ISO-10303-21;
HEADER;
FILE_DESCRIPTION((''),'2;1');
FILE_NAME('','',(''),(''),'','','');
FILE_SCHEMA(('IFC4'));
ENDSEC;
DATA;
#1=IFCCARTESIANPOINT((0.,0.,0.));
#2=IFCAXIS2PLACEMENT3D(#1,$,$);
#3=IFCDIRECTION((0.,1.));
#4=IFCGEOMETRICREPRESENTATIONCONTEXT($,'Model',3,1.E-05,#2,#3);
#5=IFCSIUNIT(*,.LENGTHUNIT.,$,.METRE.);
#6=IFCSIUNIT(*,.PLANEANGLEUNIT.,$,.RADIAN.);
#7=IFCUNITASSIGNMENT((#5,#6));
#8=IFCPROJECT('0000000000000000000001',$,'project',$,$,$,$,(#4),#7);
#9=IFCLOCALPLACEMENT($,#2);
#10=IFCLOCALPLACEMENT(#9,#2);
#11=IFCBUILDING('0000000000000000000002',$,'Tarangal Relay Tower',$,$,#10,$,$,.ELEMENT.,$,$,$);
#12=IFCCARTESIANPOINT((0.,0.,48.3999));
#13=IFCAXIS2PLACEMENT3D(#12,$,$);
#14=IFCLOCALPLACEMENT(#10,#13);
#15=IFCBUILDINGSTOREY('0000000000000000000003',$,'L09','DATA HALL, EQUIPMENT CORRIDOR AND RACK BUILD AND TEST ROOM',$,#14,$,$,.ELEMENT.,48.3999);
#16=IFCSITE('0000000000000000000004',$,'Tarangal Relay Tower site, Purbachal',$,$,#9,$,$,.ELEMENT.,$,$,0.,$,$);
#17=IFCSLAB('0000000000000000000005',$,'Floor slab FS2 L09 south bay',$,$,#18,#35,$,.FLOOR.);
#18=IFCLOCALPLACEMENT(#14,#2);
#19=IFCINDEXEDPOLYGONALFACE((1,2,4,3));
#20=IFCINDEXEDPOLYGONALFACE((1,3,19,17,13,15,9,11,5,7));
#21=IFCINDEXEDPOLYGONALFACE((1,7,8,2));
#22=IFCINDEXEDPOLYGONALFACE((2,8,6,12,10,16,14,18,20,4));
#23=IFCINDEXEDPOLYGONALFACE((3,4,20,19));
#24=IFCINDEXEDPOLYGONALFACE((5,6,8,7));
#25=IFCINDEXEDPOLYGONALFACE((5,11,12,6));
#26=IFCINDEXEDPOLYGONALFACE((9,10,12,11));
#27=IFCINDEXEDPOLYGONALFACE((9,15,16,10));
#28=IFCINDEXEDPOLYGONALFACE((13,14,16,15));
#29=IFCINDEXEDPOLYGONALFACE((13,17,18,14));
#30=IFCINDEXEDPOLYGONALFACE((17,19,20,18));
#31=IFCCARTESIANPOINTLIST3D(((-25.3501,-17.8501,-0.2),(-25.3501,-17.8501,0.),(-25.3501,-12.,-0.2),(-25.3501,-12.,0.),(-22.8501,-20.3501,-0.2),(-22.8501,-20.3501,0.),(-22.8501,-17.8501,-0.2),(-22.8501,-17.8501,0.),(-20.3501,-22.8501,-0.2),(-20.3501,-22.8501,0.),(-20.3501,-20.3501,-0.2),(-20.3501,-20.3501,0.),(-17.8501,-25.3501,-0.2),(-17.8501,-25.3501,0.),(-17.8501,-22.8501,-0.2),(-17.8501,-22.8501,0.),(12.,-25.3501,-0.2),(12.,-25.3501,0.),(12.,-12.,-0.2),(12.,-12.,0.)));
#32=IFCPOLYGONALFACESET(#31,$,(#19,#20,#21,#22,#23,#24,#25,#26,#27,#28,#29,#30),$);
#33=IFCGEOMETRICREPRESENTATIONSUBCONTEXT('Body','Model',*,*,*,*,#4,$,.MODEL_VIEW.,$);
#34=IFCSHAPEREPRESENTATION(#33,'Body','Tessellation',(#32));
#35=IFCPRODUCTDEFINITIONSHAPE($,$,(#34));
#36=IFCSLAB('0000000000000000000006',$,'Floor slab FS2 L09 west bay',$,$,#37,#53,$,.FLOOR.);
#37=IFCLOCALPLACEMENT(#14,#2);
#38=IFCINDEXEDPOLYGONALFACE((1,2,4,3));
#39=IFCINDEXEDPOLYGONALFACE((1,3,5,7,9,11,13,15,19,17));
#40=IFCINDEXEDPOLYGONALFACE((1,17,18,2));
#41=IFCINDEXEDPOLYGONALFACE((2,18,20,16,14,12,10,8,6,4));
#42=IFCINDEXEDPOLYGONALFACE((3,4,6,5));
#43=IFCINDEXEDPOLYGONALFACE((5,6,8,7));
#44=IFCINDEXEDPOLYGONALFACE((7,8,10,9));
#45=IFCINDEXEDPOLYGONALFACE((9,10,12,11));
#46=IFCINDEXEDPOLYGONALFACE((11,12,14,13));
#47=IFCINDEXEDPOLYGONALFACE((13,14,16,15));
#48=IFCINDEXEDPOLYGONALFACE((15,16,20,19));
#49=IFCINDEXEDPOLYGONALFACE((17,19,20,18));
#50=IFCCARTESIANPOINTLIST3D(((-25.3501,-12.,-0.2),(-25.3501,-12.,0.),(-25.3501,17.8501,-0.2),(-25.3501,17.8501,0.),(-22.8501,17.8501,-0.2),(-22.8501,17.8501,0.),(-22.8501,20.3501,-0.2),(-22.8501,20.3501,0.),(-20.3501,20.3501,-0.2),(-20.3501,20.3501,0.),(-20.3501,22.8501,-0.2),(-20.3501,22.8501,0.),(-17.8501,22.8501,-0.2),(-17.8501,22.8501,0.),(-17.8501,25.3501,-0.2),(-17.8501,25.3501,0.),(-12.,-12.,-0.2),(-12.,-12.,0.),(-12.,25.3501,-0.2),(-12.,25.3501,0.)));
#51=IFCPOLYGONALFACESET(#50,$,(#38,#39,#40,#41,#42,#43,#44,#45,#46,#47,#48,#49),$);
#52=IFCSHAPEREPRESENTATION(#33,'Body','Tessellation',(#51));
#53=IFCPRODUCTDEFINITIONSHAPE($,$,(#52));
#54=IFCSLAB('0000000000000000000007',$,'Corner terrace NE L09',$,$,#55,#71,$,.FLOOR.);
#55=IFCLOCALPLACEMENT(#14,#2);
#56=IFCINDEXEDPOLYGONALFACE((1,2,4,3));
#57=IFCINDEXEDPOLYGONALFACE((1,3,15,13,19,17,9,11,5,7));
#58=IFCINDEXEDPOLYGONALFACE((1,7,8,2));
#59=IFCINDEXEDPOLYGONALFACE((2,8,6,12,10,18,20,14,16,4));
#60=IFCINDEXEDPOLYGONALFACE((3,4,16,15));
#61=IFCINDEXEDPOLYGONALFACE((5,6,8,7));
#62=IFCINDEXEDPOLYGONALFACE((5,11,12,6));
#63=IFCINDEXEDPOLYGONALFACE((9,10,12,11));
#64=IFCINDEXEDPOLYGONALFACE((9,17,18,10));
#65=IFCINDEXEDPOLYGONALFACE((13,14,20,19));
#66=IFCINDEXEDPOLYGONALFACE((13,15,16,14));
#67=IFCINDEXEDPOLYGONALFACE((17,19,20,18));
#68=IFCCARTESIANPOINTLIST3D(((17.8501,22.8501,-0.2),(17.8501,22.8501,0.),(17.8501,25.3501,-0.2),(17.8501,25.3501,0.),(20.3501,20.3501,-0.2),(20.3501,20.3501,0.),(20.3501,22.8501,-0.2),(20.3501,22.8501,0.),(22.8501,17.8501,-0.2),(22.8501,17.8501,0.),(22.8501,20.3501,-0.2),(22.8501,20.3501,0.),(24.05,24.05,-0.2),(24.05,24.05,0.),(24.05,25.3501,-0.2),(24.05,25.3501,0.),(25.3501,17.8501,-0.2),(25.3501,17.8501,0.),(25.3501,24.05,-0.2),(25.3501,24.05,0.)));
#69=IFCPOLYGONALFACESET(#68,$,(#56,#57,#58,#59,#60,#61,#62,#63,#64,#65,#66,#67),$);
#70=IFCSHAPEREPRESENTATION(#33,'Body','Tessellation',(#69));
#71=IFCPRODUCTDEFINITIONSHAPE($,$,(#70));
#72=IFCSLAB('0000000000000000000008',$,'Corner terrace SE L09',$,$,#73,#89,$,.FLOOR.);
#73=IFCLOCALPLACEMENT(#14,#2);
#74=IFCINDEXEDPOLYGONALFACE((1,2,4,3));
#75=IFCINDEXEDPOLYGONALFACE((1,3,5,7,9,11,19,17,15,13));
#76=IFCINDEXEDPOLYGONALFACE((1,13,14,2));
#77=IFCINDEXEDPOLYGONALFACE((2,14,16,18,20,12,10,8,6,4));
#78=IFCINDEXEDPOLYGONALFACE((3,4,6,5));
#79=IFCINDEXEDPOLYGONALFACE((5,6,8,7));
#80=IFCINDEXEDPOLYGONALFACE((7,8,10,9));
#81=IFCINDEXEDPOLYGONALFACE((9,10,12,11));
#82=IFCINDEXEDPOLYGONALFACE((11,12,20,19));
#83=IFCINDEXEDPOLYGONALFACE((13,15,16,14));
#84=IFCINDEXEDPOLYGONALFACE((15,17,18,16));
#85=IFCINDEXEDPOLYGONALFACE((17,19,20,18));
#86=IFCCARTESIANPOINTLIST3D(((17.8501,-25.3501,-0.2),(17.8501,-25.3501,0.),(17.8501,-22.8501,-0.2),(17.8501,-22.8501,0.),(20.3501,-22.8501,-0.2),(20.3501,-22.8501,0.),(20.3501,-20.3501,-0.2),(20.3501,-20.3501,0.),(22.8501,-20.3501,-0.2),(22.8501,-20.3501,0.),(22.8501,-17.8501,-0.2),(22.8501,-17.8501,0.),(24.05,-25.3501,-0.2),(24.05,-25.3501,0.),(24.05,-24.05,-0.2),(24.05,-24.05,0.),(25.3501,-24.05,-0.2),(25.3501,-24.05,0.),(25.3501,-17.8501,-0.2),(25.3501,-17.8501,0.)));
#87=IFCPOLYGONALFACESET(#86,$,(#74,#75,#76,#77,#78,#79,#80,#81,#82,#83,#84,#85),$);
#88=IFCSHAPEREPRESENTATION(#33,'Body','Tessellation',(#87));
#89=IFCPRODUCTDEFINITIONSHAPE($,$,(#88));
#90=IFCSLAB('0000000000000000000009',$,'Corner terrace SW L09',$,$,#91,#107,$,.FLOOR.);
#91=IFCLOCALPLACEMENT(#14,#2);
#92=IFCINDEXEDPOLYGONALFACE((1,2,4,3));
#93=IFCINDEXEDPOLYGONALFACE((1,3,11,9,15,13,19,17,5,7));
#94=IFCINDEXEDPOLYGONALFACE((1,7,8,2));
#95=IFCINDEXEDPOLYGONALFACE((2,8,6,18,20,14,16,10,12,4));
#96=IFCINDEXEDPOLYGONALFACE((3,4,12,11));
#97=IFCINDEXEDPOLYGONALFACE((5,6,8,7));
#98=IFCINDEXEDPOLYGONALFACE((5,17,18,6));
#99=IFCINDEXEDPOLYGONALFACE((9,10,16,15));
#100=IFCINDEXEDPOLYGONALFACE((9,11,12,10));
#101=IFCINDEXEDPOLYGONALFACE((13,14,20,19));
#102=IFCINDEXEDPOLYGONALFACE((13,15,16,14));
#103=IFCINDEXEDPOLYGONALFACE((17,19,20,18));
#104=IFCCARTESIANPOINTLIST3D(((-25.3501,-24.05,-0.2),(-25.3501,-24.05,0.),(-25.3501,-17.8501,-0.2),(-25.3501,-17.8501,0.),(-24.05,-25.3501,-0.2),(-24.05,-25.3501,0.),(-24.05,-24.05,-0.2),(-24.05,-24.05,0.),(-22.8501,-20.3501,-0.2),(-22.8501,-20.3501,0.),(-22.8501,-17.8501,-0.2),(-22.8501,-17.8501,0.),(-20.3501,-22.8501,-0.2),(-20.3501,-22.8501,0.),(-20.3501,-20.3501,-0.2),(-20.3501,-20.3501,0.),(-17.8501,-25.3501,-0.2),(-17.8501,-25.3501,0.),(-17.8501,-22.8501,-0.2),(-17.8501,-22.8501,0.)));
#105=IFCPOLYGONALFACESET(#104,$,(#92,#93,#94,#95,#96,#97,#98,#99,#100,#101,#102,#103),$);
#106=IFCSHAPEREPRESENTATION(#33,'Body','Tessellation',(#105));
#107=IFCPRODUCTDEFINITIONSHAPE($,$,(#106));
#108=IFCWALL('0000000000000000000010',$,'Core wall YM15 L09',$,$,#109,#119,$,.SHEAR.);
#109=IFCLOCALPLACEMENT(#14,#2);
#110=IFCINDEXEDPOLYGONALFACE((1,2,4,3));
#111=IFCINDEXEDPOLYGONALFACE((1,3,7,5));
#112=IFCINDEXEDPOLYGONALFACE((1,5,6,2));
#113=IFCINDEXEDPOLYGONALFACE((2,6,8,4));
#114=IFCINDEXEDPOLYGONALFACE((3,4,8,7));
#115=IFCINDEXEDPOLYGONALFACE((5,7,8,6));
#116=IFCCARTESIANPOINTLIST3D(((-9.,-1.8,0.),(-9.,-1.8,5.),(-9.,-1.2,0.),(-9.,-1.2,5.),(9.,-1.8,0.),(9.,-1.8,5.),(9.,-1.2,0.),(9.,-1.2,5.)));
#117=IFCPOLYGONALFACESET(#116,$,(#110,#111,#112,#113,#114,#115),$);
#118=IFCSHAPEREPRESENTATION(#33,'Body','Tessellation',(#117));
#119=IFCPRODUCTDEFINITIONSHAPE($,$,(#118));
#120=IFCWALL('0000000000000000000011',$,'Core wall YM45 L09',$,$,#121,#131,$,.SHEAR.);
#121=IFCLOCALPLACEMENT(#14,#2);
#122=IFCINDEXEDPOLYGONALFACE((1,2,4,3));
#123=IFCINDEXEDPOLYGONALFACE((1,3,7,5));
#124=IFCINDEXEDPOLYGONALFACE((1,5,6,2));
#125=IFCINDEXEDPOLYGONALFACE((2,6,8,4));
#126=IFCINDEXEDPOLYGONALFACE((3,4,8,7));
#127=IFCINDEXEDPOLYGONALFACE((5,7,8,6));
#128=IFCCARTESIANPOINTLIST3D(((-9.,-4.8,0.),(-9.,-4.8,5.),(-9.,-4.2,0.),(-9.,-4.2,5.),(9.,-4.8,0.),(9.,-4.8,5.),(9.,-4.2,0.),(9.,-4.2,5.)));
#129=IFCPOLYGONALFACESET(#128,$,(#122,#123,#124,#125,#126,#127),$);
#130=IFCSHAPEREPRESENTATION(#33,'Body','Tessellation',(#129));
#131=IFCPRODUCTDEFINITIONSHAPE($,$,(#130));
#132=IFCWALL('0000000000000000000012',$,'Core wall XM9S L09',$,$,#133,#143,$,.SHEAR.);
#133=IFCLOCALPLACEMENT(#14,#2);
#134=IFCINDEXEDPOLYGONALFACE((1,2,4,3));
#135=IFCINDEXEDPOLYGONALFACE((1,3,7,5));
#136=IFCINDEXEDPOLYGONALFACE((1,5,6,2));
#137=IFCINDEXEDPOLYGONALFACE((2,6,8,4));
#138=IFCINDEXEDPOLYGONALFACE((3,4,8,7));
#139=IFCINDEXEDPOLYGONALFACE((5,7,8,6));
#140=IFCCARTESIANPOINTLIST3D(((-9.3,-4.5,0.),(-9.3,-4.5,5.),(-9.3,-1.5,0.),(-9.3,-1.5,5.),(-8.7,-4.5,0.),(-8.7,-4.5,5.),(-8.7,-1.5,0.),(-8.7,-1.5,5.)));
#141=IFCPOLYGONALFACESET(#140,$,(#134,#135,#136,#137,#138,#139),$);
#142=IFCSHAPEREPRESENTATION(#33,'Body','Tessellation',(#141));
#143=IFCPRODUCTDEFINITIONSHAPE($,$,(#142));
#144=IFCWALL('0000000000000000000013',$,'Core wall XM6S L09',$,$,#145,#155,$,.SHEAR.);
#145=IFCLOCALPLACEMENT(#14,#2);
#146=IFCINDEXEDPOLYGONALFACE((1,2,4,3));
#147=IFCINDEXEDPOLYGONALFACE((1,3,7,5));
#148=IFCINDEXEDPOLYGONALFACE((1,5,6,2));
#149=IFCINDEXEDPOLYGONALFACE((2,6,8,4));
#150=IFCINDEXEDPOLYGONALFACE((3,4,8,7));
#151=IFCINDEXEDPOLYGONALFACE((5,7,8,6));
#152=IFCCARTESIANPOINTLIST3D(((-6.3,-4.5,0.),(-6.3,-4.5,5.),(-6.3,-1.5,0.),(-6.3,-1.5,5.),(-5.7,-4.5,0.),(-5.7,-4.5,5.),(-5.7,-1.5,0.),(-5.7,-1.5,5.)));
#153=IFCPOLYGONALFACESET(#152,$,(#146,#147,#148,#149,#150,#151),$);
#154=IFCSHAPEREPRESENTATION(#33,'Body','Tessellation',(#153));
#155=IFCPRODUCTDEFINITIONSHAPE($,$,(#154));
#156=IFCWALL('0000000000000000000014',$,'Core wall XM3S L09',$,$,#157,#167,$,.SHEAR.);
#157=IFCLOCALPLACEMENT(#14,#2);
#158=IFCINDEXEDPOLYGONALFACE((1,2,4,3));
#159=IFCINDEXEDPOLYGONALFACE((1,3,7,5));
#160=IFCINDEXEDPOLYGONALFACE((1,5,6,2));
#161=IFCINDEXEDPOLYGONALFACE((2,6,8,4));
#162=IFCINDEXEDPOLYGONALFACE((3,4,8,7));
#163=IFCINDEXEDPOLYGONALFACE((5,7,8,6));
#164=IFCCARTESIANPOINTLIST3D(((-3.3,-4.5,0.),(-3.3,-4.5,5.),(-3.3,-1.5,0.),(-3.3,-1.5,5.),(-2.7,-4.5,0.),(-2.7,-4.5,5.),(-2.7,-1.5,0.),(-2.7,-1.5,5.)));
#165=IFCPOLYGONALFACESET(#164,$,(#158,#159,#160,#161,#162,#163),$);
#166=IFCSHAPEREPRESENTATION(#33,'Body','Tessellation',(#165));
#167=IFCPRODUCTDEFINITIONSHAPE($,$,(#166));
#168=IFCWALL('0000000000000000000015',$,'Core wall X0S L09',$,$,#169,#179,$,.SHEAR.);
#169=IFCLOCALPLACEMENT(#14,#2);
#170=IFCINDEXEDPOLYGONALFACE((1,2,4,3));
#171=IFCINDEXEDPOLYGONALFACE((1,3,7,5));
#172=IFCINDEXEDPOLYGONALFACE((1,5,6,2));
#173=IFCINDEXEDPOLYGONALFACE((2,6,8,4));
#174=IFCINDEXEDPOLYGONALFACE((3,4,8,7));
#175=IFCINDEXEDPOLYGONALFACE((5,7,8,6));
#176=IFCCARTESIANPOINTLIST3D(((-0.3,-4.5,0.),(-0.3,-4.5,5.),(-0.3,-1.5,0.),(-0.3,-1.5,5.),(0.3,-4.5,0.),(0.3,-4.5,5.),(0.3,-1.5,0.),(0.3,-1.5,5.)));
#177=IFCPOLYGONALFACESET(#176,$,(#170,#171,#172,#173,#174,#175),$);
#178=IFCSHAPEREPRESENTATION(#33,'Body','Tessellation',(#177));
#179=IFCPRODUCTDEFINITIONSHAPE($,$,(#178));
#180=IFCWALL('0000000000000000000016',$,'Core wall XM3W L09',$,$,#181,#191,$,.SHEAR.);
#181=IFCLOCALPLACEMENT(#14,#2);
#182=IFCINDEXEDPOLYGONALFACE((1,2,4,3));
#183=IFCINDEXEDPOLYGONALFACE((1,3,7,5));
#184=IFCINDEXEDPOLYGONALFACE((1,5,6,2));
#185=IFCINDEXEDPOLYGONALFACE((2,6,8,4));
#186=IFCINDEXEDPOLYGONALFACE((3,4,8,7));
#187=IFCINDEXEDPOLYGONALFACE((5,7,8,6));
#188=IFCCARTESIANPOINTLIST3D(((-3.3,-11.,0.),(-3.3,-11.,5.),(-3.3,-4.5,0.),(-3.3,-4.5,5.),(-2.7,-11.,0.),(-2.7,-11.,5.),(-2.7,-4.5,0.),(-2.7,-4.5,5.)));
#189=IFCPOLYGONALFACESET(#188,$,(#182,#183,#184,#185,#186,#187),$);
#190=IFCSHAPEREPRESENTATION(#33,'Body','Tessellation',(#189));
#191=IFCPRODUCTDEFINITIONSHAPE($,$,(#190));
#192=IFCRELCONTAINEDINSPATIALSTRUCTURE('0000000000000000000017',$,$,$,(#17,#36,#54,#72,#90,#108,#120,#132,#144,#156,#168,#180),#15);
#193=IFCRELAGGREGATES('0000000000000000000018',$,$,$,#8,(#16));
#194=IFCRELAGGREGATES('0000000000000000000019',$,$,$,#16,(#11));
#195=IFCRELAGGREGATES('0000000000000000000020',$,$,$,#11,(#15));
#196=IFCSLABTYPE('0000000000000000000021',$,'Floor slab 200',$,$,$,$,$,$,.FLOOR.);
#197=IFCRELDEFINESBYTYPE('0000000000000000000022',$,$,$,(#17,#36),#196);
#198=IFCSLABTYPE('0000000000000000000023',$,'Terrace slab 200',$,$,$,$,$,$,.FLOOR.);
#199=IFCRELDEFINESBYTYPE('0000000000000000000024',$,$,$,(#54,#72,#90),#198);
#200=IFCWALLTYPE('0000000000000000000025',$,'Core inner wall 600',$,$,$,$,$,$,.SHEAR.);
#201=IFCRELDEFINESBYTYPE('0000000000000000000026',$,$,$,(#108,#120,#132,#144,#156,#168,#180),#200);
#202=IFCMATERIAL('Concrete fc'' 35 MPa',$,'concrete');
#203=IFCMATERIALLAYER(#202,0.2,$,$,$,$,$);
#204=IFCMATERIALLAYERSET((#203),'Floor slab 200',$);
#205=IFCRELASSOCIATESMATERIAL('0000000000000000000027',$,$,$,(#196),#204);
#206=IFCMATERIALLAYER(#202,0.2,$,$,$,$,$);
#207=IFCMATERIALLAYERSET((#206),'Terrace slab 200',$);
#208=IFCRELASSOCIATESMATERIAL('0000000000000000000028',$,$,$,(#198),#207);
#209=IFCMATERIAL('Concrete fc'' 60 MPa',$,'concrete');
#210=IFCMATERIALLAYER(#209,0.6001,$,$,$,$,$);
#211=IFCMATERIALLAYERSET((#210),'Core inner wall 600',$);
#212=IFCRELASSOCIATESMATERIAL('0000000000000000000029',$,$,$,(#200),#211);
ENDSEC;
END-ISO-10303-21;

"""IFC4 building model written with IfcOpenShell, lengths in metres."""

from ifc_helpers import new_model, si_unit, direction, frame, frame_2d, origin, place, context, subcontext, project, spatial, polyline, rectangle, outline, extrude, material, layer, layer_set, type_object, element, save


model = new_model("IFC4")

# Units and contexts
model_context = context("Model", 3, precision=1e-05, world=origin(), true_north=direction((0.0, 1.0)))
body_context = subcontext(model_context, "Body", "Model", "MODEL_VIEW")
ifc_project = project(units=[si_unit("LENGTHUNIT", "METRE"), si_unit("PLANEANGLEUNIT", "RADIAN")], contexts=[model_context])

# Site, building, storey
site_placement = place(None, origin())
site = spatial("IfcSite", under=ifc_project, at=site_placement, Name="Tarangal Relay Tower site, Purbachal", CompositionType="ELEMENT", RefElevation=0.0)
building_placement = place(site_placement, origin())
building = spatial("IfcBuilding", under=site, at=building_placement, Name="Tarangal Relay Tower", CompositionType="ELEMENT")
storey_placement = place(building_placement, frame((0.0, 0.0, 48.3999)))
storey = spatial("IfcBuildingStorey", under=building, at=storey_placement, Name="L09", Description="DATA HALL, EQUIPMENT CORRIDOR AND RACK BUILD AND TEST ROOM", CompositionType="ELEMENT", Elevation=48.3999)

# Slabs
ifc_material_1 = material(Name="Concrete fc' 35 MPa", Category="concrete")
ifc_layer_1 = layer(ifc_material_1, 0.2)
ifc_layer_set_1 = layer_set([ifc_layer_1], Name="Floor slab 200")
slab_type_1 = type_object("IfcSlabType", Name="Floor slab 200", PredefinedType="FLOOR", material=ifc_layer_set_1)
slab_1_placement = place(storey_placement, frame((0.0, 0.0, -0.2)))
element("IfcSlab", 1, at=slab_1_placement, inside=storey, type_object=slab_type_1, Name="Floor slab FS2 L09 south bay", PredefinedType="FLOOR", context=body_context, shape_type="SweptSolid", body=[
    extrude(outline(polyline([(-17.8501, -25.3501), (-17.8501, -22.8501), (-20.3501, -22.8501), (-20.3501, -20.3501), (-22.8501, -20.3501), (-22.8501, -17.8501), (-25.3501, -17.8501), (-25.3501, -12.0), (12.0, -12.0), (12.0, -25.3501), (-17.8501, -25.3501)])), origin(), (0.0, 0.0, 1.0), 0.2),
])
slab_2_placement = place(storey_placement, frame((0.0, 0.0, -0.2)))
element("IfcSlab", 2, at=slab_2_placement, inside=storey, type_object=slab_type_1, Name="Floor slab FS2 L09 west bay", PredefinedType="FLOOR", context=body_context, shape_type="SweptSolid", body=[
    extrude(outline(polyline([(-12.0, 25.3501), (-12.0, -12.0), (-25.3501, -12.0), (-25.3501, 17.8501), (-22.8501, 17.8501), (-22.8501, 20.3501), (-20.3501, 20.3501), (-20.3501, 22.8501), (-17.8501, 22.8501), (-17.8501, 25.3501), (-12.0, 25.3501)])), origin(), (0.0, 0.0, 1.0), 0.2),
])
ifc_layer_2 = layer(ifc_material_1, 0.2)
ifc_layer_set_2 = layer_set([ifc_layer_2], Name="Terrace slab 200")
slab_type_2 = type_object("IfcSlabType", Name="Terrace slab 200", PredefinedType="FLOOR", material=ifc_layer_set_2)
slab_3_placement = place(storey_placement, frame((0.0, 0.0, -0.2)))
element("IfcSlab", 3, at=slab_3_placement, inside=storey, type_object=slab_type_2, Name="Corner terrace NE L09", PredefinedType="FLOOR", context=body_context, shape_type="SweptSolid", body=[
    extrude(outline(polyline([(17.8501, 25.3501), (17.8501, 22.8501), (20.3501, 22.8501), (20.3501, 20.3501), (22.8501, 20.3501), (22.8501, 17.8501), (25.3501, 17.8501), (25.3501, 24.05), (24.05, 24.05), (24.05, 25.3501), (17.8501, 25.3501)])), origin(), (0.0, 0.0, 1.0), 0.2),
])
slab_4_placement = place(storey_placement, frame((0.0, 0.0, -0.2)))
element("IfcSlab", 4, at=slab_4_placement, inside=storey, type_object=slab_type_2, Name="Corner terrace SE L09", PredefinedType="FLOOR", context=body_context, shape_type="SweptSolid", body=[
    extrude(outline(polyline([(25.3501, -17.8501), (22.8501, -17.8501), (22.8501, -20.3501), (20.3501, -20.3501), (20.3501, -22.8501), (17.8501, -22.8501), (17.8501, -25.3501), (24.05, -25.3501), (24.05, -24.05), (25.3501, -24.05), (25.3501, -17.8501)])), origin(), (0.0, 0.0, 1.0), 0.2),
])
slab_5_placement = place(storey_placement, frame((0.0, 0.0, -0.2)))
element("IfcSlab", 5, at=slab_5_placement, inside=storey, type_object=slab_type_2, Name="Corner terrace SW L09", PredefinedType="FLOOR", context=body_context, shape_type="SweptSolid", body=[
    extrude(outline(polyline([(-17.8501, -25.3501), (-17.8501, -22.8501), (-20.3501, -22.8501), (-20.3501, -20.3501), (-22.8501, -20.3501), (-22.8501, -17.8501), (-25.3501, -17.8501), (-25.3501, -24.05), (-24.05, -24.05), (-24.05, -25.3501), (-17.8501, -25.3501)])), origin(), (0.0, 0.0, 1.0), 0.2),
])

# Walls
ifc_material_2 = material(Name="Concrete fc' 60 MPa", Category="concrete")
ifc_layer_3 = layer(ifc_material_2, 0.6001)
ifc_layer_set_3 = layer_set([ifc_layer_3], Name="Core inner wall 600")
wall_type_1 = type_object("IfcWallType", Name="Core inner wall 600", PredefinedType="SHEAR", material=ifc_layer_set_3)
for number, where, z_axis, x_axis, name in (
    (6, (-9.0, -1.5, 0.0), (0.0, 0.0, 1.0), (1.0, 0.0, 0.0), "Core wall YM15 L09"),
    (7, (-9.0, -4.5, 0.0), (0.0, 0.0, 1.0), (1.0, 0.0, 0.0), "Core wall YM45 L09"),
):
    element("IfcWall", number, at=place(storey_placement, frame(where, z_axis=z_axis, x_axis=x_axis)), inside=storey, type_object=wall_type_1, Name=name, PredefinedType="SHEAR", context=body_context, shape_type="SweptSolid", body=[
        extrude(rectangle(XDim=18.0, YDim=0.6001, at=frame_2d((9.0, 0.0))), origin(), (0.0, 0.0, 1.0), 5.0),
    ])
for number, where, z_axis, x_axis, name in (
    (8, (-9.0, -4.5, 0.0), (0.0, 0.0, 1.0), (0.0, 1.0, 0.0), "Core wall XM9S L09"),
    (9, (-6.0, -4.5, 0.0), (0.0, 0.0, 1.0), (0.0, 1.0, 0.0), "Core wall XM6S L09"),
    (10, (-3.0, -4.5, 0.0), (0.0, 0.0, 1.0), (0.0, 1.0, 0.0), "Core wall XM3S L09"),
    (11, (0.0, -4.5, 0.0), (0.0, 0.0, 1.0), (0.0, 1.0, 0.0), "Core wall X0S L09"),
):
    element("IfcWall", number, at=place(storey_placement, frame(where, z_axis=z_axis, x_axis=x_axis)), inside=storey, type_object=wall_type_1, Name=name, PredefinedType="SHEAR", context=body_context, shape_type="SweptSolid", body=[
        extrude(rectangle(XDim=3.0, YDim=0.6001, at=frame_2d((1.5, 0.0))), origin(), (0.0, 0.0, 1.0), 5.0),
    ])
wall_1_placement = place(storey_placement, frame((-3.0, -11.0, 0.0), z_axis=(0.0, 0.0, 1.0), x_axis=(0.0, 1.0, 0.0)))
element("IfcWall", 12, at=wall_1_placement, inside=storey, type_object=wall_type_1, Name="Core wall XM3W L09", PredefinedType="SHEAR", context=body_context, shape_type="SweptSolid", body=[
    extrude(rectangle(XDim=6.5, YDim=0.6001, at=frame_2d((3.25, 0.0))), origin(), (0.0, 0.0, 1.0), 5.0),
])

save(model, "model.ifc")
